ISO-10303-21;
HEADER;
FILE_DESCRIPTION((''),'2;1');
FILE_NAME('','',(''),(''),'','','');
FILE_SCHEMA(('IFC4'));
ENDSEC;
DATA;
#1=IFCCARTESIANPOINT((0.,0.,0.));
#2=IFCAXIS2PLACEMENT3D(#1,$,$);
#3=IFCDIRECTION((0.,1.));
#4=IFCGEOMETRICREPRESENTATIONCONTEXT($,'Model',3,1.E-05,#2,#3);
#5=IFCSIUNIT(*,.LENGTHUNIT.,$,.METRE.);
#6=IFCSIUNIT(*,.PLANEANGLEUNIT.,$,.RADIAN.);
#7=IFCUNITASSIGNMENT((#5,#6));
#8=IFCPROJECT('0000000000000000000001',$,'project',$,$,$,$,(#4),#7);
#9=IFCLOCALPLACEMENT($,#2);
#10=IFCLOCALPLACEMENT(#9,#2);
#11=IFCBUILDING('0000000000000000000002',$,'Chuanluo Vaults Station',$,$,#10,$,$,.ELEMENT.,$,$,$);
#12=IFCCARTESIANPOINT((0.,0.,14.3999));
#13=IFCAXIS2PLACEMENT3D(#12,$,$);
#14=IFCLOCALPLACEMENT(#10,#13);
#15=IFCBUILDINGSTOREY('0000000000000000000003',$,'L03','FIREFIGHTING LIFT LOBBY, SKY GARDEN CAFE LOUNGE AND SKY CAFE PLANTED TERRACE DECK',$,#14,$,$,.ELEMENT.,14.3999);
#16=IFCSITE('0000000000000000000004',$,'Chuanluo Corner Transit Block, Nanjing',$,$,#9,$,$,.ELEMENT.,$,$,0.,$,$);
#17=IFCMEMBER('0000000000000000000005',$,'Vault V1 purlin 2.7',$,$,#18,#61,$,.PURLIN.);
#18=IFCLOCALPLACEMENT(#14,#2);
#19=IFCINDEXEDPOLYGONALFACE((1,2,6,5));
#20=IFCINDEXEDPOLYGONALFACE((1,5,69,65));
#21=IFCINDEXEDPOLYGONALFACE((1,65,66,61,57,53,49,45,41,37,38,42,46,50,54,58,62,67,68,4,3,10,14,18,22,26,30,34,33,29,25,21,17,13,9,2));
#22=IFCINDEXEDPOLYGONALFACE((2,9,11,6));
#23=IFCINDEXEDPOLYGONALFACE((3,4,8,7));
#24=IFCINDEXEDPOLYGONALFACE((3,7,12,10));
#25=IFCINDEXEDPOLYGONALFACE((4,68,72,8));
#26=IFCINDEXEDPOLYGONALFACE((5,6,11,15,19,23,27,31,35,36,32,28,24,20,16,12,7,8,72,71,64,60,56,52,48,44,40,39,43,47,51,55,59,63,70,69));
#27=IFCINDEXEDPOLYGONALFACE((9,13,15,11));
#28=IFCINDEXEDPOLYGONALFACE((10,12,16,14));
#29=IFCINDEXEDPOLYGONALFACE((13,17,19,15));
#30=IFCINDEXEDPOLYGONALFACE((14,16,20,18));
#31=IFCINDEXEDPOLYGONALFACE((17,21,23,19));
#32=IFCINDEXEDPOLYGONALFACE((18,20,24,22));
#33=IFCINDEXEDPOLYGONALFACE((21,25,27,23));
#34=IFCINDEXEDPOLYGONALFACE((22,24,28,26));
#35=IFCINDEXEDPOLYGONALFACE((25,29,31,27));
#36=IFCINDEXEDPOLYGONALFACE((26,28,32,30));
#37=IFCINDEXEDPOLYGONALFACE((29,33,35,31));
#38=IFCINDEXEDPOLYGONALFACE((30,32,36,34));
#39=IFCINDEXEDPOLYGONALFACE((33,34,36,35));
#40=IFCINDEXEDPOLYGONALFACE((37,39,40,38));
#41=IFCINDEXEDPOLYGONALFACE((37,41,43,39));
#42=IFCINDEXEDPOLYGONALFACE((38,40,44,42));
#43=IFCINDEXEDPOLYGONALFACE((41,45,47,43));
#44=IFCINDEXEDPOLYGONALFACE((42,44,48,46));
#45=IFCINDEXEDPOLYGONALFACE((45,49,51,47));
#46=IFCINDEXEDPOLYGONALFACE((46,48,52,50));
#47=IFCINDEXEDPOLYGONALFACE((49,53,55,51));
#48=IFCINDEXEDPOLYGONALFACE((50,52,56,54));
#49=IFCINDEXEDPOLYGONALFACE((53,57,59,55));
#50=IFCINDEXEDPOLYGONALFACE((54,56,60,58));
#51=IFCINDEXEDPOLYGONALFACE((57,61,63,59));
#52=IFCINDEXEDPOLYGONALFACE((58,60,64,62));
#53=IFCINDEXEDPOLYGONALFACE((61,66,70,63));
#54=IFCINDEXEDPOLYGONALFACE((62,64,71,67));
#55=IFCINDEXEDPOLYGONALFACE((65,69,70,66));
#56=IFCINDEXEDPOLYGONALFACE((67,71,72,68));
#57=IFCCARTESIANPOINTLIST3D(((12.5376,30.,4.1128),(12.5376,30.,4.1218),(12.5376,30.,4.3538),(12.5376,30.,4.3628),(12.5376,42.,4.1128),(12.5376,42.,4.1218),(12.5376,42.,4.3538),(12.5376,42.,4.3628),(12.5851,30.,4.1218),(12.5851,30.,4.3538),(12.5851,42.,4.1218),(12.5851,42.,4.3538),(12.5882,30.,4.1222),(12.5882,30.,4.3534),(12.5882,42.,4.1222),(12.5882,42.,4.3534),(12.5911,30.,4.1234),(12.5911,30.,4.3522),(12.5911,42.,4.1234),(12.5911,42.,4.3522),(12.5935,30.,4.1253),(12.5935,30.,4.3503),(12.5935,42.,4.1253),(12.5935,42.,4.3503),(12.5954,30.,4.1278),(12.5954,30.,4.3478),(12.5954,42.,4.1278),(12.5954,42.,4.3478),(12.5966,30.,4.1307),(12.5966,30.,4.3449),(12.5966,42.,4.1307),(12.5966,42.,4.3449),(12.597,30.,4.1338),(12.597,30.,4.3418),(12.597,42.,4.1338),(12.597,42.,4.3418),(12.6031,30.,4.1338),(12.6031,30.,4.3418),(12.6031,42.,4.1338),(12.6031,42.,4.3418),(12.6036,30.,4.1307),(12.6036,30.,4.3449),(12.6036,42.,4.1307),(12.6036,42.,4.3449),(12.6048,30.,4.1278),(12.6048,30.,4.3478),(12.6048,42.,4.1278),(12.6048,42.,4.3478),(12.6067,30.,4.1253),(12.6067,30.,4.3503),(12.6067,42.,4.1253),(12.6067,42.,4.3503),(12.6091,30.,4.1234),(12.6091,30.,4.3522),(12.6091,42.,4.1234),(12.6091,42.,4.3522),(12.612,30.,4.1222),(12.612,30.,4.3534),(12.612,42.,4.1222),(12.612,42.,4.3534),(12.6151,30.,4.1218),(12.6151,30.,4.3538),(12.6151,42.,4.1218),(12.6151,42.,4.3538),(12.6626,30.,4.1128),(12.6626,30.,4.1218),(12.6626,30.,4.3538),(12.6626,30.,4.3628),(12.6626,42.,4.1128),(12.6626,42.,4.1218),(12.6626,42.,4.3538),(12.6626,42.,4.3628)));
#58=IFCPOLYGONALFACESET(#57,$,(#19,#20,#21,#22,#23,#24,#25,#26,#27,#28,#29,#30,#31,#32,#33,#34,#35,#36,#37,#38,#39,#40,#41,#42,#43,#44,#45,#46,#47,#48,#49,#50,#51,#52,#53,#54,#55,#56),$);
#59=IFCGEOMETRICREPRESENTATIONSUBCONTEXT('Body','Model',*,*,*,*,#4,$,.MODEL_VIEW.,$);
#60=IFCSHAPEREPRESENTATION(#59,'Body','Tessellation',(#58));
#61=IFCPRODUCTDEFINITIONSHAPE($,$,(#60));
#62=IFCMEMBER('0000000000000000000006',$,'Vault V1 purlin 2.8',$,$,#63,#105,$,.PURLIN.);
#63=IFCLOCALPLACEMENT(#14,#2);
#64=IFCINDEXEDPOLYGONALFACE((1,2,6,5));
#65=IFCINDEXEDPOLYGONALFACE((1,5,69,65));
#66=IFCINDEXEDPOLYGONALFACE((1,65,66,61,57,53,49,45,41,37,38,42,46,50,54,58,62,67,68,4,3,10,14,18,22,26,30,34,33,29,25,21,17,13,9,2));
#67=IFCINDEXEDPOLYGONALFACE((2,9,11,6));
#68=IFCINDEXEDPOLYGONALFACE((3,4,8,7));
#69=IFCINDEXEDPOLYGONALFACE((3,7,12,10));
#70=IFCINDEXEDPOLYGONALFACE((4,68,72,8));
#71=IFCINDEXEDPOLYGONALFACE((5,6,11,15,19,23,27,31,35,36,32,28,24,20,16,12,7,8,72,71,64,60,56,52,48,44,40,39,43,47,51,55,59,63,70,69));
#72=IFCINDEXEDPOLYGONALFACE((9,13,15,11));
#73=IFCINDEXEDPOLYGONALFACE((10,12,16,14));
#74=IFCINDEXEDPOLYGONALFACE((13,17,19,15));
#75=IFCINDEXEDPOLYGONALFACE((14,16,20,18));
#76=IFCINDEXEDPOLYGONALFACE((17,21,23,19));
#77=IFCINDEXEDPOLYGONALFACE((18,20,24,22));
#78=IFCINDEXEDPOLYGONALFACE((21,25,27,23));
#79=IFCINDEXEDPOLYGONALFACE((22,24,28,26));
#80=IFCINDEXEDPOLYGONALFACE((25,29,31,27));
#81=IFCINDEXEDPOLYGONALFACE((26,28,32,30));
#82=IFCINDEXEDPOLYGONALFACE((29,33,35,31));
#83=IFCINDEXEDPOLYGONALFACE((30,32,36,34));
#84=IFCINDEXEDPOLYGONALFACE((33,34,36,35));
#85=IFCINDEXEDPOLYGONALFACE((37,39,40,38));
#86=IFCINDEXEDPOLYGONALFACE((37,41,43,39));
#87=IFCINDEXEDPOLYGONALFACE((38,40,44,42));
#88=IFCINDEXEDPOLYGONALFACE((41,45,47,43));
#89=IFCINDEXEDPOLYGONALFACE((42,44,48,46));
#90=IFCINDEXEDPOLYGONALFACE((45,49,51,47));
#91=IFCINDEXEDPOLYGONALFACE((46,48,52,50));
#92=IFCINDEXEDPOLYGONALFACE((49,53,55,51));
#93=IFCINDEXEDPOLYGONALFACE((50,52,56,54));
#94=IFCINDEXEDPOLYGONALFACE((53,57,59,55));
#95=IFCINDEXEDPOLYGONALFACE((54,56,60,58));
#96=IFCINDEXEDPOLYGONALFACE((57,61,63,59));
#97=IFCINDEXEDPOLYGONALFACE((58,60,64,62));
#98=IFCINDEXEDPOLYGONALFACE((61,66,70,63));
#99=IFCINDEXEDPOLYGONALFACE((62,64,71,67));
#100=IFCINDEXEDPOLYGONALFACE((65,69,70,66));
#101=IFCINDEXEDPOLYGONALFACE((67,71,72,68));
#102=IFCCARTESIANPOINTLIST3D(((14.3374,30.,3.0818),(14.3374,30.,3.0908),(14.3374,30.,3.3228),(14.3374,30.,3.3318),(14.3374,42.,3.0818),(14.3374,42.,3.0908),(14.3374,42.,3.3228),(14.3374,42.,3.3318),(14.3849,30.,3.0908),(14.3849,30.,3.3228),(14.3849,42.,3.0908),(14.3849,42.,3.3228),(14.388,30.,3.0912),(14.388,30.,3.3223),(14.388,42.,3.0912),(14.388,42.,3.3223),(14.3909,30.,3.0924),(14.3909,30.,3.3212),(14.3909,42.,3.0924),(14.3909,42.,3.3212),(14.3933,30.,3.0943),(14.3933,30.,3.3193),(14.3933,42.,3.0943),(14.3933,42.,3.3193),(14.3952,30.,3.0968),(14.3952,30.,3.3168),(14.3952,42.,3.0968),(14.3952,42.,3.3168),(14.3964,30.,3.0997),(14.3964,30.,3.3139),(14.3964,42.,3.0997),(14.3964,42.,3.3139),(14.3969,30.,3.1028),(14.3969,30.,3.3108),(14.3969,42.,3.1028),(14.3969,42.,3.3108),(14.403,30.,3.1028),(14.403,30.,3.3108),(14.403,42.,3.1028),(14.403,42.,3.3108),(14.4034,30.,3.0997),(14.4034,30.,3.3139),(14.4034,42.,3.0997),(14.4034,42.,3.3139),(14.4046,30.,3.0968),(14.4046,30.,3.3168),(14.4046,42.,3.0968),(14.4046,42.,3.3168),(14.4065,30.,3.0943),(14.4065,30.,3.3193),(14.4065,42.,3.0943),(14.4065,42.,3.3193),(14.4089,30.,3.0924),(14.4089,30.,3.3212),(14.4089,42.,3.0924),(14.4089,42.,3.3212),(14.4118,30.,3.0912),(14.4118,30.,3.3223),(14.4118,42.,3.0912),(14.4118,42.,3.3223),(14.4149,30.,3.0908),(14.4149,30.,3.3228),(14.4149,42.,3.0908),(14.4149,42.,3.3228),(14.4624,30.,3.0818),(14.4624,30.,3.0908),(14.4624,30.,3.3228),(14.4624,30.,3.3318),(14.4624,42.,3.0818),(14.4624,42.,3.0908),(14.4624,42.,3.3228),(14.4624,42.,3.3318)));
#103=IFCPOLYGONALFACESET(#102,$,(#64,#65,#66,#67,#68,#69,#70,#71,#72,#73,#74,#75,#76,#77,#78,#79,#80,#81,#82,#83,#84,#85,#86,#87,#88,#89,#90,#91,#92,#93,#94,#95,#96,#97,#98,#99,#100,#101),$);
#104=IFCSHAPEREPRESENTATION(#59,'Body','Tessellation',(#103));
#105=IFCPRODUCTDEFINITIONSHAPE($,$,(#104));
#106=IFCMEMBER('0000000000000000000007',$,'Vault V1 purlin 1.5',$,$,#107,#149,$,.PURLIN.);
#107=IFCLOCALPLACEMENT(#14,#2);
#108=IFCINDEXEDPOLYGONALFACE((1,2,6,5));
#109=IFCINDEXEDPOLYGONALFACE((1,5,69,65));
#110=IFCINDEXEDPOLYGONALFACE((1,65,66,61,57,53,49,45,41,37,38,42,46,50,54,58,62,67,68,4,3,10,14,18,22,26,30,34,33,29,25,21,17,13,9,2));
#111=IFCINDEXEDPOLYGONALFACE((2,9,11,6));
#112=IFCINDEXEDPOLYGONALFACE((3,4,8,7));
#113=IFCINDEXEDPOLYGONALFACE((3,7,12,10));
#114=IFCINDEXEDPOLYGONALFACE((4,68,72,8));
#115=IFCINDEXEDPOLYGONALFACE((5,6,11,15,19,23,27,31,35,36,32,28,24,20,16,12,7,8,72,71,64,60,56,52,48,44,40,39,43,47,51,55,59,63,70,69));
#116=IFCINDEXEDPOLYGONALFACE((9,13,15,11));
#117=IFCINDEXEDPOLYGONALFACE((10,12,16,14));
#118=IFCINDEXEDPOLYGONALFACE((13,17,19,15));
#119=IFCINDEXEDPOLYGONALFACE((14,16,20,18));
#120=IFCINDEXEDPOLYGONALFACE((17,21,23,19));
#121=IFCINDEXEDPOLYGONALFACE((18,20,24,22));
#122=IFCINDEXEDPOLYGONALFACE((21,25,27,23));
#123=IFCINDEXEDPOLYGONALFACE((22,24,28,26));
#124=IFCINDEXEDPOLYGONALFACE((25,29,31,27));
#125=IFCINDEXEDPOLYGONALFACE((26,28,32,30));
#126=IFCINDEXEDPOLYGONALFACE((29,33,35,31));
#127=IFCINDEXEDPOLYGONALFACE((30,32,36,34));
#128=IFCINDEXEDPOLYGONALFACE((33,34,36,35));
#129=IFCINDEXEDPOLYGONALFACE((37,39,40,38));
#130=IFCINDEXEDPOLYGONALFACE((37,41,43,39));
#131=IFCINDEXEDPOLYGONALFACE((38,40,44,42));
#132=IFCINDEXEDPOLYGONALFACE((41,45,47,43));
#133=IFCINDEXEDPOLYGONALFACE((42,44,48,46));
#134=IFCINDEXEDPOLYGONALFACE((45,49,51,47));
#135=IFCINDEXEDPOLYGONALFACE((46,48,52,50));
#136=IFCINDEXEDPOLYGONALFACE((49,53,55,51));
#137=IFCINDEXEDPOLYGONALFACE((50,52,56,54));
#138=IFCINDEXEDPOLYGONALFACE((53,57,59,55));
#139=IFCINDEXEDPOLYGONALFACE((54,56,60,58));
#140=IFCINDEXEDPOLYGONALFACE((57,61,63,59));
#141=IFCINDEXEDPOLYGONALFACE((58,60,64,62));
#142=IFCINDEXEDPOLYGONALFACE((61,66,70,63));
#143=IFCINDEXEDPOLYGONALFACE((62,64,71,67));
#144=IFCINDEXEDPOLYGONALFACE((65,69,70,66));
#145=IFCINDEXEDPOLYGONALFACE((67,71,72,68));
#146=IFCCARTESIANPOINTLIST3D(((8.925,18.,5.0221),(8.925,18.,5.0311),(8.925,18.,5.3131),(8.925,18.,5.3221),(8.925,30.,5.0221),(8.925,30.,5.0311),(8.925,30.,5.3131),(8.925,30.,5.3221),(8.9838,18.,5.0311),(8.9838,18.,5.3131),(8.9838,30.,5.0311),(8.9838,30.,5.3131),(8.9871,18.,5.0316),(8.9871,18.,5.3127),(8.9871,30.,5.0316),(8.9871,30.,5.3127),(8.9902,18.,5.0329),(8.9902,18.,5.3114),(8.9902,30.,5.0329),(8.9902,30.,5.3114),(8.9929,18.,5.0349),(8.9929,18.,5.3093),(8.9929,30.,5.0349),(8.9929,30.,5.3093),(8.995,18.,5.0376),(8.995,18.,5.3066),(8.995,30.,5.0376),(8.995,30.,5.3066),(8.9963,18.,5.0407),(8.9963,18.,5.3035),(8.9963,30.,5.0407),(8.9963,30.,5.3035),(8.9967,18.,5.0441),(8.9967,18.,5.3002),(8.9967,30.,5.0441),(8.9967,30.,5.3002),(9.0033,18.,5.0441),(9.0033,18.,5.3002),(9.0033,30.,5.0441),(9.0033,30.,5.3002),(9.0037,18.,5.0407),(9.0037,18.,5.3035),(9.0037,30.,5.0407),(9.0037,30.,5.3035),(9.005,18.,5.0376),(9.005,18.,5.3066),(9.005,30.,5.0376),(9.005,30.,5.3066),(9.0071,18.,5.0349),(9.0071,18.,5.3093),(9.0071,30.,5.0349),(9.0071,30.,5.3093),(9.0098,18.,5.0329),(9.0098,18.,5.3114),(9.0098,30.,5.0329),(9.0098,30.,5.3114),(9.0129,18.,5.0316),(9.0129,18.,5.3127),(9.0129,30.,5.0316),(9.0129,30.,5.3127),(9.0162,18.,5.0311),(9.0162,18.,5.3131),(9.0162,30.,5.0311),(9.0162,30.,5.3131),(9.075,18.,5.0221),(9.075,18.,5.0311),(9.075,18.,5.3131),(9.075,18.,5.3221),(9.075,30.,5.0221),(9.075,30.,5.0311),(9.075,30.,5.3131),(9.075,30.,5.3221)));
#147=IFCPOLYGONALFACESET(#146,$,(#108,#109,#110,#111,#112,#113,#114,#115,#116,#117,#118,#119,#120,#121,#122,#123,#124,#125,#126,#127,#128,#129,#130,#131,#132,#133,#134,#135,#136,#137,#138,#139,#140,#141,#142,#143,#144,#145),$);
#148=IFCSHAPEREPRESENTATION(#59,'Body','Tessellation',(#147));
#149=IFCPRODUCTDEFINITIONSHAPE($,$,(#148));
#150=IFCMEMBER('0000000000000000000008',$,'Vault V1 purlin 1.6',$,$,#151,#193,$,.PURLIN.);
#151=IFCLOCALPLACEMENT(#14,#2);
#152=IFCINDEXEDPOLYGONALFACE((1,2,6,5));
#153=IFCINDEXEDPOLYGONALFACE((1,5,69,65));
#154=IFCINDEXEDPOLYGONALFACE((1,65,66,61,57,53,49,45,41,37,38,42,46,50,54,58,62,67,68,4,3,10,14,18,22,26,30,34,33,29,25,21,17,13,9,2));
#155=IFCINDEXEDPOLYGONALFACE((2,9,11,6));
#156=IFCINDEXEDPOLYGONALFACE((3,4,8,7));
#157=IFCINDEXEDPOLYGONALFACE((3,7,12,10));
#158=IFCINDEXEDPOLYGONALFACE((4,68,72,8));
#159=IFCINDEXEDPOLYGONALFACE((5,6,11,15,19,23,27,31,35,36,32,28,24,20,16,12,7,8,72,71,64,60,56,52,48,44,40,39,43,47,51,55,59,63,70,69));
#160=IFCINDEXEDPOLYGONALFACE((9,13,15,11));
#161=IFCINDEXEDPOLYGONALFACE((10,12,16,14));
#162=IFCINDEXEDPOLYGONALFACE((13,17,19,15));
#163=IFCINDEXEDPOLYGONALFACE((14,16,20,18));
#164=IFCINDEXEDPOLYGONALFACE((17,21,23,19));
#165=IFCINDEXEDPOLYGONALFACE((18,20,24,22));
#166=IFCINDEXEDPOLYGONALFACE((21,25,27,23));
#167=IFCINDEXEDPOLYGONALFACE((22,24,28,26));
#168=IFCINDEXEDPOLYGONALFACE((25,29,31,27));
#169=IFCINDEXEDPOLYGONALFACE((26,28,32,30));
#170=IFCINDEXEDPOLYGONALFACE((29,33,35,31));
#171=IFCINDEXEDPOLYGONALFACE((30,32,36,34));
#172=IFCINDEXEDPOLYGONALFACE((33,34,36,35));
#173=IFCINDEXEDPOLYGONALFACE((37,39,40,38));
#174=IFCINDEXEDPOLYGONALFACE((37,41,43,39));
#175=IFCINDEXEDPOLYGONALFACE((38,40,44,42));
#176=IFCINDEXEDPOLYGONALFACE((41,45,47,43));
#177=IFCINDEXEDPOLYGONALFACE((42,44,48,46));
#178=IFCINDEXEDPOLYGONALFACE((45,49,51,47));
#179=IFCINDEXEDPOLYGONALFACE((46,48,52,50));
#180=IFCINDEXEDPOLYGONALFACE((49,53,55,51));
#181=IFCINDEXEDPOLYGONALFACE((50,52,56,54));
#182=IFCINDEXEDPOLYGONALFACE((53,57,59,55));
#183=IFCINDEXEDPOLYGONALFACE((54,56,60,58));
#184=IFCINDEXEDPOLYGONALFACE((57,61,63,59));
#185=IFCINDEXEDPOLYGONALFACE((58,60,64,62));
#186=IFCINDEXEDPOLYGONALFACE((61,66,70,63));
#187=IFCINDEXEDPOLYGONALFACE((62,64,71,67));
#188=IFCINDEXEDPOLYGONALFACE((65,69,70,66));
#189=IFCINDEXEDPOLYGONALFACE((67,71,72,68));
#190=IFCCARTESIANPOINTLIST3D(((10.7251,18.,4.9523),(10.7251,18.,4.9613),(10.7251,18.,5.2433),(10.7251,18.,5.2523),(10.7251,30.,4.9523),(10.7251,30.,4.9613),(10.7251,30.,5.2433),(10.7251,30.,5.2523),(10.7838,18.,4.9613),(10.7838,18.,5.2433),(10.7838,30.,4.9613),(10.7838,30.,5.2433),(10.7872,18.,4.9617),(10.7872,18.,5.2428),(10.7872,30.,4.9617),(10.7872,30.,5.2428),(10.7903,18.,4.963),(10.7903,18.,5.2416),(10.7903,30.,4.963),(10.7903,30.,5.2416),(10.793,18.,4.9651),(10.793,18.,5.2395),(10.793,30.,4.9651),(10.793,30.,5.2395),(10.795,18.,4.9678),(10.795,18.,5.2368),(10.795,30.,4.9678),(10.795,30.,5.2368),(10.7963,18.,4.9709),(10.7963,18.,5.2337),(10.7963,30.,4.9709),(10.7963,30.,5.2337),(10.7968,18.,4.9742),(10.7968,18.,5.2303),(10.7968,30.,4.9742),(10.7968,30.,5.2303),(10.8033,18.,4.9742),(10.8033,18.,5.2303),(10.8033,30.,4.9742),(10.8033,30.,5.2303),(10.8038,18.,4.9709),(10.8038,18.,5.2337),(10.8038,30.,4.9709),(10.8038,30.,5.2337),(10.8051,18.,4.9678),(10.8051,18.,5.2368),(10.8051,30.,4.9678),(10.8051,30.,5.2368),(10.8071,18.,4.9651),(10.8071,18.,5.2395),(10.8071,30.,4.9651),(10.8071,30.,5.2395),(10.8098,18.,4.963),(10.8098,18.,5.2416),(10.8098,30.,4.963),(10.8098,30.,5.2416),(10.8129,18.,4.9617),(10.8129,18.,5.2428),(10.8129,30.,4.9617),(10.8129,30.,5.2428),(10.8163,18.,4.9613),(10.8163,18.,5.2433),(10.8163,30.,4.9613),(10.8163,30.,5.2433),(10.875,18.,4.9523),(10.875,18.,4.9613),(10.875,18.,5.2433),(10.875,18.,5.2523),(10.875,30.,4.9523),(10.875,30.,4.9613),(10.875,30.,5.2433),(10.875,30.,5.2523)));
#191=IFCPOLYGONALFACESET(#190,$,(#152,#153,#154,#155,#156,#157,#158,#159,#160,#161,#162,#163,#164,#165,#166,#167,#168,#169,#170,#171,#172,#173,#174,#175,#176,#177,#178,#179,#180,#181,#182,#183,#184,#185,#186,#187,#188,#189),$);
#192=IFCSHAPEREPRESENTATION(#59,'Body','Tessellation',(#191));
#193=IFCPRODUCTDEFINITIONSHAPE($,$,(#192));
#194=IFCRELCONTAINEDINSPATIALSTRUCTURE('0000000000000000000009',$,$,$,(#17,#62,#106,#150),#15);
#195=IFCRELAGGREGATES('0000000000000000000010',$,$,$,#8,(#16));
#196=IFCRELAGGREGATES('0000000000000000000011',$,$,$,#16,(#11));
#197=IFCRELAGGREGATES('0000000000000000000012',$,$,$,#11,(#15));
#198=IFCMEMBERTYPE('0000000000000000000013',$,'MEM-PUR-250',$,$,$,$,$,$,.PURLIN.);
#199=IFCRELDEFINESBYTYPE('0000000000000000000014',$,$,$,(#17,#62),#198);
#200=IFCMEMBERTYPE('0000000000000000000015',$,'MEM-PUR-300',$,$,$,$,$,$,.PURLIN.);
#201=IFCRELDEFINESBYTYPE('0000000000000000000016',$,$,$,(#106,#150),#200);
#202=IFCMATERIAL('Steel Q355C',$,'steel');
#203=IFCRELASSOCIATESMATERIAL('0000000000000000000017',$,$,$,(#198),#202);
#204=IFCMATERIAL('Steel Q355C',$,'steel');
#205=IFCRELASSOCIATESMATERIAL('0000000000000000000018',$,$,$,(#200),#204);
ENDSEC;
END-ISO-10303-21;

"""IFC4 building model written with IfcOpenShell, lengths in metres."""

from ifc_helpers import new_model, si_unit, direction, frame, origin, origin_2d, place, context, subcontext, project, spatial, i_section, extrude, material, material_profile, profile_set, type_object, element, save


model = new_model("IFC4")

# Units and contexts
model_context = context("Model", 3, precision=1e-05, world=origin(), true_north=direction((0.0, 1.0)))
body_context = subcontext(model_context, "Body", "Model", "MODEL_VIEW")
ifc_project = project(units=[si_unit("LENGTHUNIT", "METRE"), si_unit("PLANEANGLEUNIT", "RADIAN")], contexts=[model_context])

# Site, building, storey
site_placement = place(None, origin())
site = spatial("IfcSite", under=ifc_project, at=site_placement, Name="Chuanluo Corner Transit Block, Nanjing", CompositionType="ELEMENT", RefElevation=0.0)
building_placement = place(site_placement, origin())
building = spatial("IfcBuilding", under=site, at=building_placement, Name="Chuanluo Vaults Station", CompositionType="ELEMENT")
storey_placement = place(building_placement, frame((0.0, 0.0, 14.3999)))
storey = spatial("IfcBuildingStorey", under=building, at=storey_placement, Name="L03", Description="FIREFIGHTING LIFT LOBBY, SKY GARDEN CAFE LOUNGE AND SKY CAFE PLANTED TERRACE DECK", CompositionType="ELEMENT", Elevation=14.3999)

# Members
ifc_material_1 = material(Name="Steel Q355C", Category="steel")
ifc_material_profile_1 = material_profile(ifc_material_1, i_section(OverallWidth=0.125, OverallDepth=0.25, WebThickness=0.0061, FlangeThickness=0.009, FilletRadius=0.012, at=origin_2d()))
ifc_profile_set_1 = profile_set([ifc_material_profile_1], Name="Steel Q355C")
member_type_1 = type_object("IfcMemberType", Name="MEM-PUR-250", PredefinedType="PURLIN", material=ifc_profile_set_1)
for number, where, z_axis, x_axis, name in (
    (1, (12.6001, 30.0, 4.2378), (0.0, 1.0, 0.0), (-1.0, 0.0, 0.0), "Vault V1 purlin 2.7"),
    (2, (14.3999, 30.0, 3.2068), (0.0, 1.0, 0.0), (-1.0, 0.0, 0.0), "Vault V1 purlin 2.8"),
):
    element("IfcMember", number, at=place(storey_placement, frame(where, z_axis=z_axis, x_axis=x_axis)), inside=storey, type_object=member_type_1, Name=name, PredefinedType="PURLIN", context=body_context, shape_type="SweptSolid", body=[
        extrude(i_section(OverallWidth=0.125, OverallDepth=0.25, WebThickness=0.0061, FlangeThickness=0.009, FilletRadius=0.012, at=origin_2d()), origin(), (0.0, 0.0, 1.0), 12.0),
    ])
ifc_material_2 = material(Name="Steel Q355C", Category="steel")
ifc_material_profile_2 = material_profile(ifc_material_2, i_section(OverallWidth=0.1499, OverallDepth=0.3, WebThickness=0.0066, FlangeThickness=0.009, FilletRadius=0.0129, at=origin_2d()))
ifc_profile_set_2 = profile_set([ifc_material_profile_2], Name="Steel Q355C")
member_type_2 = type_object("IfcMemberType", Name="MEM-PUR-300", PredefinedType="PURLIN", material=ifc_profile_set_2)
for number, where, z_axis, x_axis, name in (
    (3, (9.0, 18.0, 5.1721), (0.0, 1.0, 0.0), (-1.0, 0.0, 0.0), "Vault V1 purlin 1.5"),
    (4, (10.8, 18.0, 5.1023), (0.0, 1.0, 0.0), (-1.0, 0.0, 0.0), "Vault V1 purlin 1.6"),
):
    element("IfcMember", number, at=place(storey_placement, frame(where, z_axis=z_axis, x_axis=x_axis)), inside=storey, type_object=member_type_2, Name=name, PredefinedType="PURLIN", context=body_context, shape_type="SweptSolid", body=[
        extrude(i_section(OverallWidth=0.1499, OverallDepth=0.3, WebThickness=0.0066, FlangeThickness=0.009, FilletRadius=0.0129, at=origin_2d()), origin(), (0.0, 0.0, 1.0), 12.0),
    ])

save(model, "model.ifc")
